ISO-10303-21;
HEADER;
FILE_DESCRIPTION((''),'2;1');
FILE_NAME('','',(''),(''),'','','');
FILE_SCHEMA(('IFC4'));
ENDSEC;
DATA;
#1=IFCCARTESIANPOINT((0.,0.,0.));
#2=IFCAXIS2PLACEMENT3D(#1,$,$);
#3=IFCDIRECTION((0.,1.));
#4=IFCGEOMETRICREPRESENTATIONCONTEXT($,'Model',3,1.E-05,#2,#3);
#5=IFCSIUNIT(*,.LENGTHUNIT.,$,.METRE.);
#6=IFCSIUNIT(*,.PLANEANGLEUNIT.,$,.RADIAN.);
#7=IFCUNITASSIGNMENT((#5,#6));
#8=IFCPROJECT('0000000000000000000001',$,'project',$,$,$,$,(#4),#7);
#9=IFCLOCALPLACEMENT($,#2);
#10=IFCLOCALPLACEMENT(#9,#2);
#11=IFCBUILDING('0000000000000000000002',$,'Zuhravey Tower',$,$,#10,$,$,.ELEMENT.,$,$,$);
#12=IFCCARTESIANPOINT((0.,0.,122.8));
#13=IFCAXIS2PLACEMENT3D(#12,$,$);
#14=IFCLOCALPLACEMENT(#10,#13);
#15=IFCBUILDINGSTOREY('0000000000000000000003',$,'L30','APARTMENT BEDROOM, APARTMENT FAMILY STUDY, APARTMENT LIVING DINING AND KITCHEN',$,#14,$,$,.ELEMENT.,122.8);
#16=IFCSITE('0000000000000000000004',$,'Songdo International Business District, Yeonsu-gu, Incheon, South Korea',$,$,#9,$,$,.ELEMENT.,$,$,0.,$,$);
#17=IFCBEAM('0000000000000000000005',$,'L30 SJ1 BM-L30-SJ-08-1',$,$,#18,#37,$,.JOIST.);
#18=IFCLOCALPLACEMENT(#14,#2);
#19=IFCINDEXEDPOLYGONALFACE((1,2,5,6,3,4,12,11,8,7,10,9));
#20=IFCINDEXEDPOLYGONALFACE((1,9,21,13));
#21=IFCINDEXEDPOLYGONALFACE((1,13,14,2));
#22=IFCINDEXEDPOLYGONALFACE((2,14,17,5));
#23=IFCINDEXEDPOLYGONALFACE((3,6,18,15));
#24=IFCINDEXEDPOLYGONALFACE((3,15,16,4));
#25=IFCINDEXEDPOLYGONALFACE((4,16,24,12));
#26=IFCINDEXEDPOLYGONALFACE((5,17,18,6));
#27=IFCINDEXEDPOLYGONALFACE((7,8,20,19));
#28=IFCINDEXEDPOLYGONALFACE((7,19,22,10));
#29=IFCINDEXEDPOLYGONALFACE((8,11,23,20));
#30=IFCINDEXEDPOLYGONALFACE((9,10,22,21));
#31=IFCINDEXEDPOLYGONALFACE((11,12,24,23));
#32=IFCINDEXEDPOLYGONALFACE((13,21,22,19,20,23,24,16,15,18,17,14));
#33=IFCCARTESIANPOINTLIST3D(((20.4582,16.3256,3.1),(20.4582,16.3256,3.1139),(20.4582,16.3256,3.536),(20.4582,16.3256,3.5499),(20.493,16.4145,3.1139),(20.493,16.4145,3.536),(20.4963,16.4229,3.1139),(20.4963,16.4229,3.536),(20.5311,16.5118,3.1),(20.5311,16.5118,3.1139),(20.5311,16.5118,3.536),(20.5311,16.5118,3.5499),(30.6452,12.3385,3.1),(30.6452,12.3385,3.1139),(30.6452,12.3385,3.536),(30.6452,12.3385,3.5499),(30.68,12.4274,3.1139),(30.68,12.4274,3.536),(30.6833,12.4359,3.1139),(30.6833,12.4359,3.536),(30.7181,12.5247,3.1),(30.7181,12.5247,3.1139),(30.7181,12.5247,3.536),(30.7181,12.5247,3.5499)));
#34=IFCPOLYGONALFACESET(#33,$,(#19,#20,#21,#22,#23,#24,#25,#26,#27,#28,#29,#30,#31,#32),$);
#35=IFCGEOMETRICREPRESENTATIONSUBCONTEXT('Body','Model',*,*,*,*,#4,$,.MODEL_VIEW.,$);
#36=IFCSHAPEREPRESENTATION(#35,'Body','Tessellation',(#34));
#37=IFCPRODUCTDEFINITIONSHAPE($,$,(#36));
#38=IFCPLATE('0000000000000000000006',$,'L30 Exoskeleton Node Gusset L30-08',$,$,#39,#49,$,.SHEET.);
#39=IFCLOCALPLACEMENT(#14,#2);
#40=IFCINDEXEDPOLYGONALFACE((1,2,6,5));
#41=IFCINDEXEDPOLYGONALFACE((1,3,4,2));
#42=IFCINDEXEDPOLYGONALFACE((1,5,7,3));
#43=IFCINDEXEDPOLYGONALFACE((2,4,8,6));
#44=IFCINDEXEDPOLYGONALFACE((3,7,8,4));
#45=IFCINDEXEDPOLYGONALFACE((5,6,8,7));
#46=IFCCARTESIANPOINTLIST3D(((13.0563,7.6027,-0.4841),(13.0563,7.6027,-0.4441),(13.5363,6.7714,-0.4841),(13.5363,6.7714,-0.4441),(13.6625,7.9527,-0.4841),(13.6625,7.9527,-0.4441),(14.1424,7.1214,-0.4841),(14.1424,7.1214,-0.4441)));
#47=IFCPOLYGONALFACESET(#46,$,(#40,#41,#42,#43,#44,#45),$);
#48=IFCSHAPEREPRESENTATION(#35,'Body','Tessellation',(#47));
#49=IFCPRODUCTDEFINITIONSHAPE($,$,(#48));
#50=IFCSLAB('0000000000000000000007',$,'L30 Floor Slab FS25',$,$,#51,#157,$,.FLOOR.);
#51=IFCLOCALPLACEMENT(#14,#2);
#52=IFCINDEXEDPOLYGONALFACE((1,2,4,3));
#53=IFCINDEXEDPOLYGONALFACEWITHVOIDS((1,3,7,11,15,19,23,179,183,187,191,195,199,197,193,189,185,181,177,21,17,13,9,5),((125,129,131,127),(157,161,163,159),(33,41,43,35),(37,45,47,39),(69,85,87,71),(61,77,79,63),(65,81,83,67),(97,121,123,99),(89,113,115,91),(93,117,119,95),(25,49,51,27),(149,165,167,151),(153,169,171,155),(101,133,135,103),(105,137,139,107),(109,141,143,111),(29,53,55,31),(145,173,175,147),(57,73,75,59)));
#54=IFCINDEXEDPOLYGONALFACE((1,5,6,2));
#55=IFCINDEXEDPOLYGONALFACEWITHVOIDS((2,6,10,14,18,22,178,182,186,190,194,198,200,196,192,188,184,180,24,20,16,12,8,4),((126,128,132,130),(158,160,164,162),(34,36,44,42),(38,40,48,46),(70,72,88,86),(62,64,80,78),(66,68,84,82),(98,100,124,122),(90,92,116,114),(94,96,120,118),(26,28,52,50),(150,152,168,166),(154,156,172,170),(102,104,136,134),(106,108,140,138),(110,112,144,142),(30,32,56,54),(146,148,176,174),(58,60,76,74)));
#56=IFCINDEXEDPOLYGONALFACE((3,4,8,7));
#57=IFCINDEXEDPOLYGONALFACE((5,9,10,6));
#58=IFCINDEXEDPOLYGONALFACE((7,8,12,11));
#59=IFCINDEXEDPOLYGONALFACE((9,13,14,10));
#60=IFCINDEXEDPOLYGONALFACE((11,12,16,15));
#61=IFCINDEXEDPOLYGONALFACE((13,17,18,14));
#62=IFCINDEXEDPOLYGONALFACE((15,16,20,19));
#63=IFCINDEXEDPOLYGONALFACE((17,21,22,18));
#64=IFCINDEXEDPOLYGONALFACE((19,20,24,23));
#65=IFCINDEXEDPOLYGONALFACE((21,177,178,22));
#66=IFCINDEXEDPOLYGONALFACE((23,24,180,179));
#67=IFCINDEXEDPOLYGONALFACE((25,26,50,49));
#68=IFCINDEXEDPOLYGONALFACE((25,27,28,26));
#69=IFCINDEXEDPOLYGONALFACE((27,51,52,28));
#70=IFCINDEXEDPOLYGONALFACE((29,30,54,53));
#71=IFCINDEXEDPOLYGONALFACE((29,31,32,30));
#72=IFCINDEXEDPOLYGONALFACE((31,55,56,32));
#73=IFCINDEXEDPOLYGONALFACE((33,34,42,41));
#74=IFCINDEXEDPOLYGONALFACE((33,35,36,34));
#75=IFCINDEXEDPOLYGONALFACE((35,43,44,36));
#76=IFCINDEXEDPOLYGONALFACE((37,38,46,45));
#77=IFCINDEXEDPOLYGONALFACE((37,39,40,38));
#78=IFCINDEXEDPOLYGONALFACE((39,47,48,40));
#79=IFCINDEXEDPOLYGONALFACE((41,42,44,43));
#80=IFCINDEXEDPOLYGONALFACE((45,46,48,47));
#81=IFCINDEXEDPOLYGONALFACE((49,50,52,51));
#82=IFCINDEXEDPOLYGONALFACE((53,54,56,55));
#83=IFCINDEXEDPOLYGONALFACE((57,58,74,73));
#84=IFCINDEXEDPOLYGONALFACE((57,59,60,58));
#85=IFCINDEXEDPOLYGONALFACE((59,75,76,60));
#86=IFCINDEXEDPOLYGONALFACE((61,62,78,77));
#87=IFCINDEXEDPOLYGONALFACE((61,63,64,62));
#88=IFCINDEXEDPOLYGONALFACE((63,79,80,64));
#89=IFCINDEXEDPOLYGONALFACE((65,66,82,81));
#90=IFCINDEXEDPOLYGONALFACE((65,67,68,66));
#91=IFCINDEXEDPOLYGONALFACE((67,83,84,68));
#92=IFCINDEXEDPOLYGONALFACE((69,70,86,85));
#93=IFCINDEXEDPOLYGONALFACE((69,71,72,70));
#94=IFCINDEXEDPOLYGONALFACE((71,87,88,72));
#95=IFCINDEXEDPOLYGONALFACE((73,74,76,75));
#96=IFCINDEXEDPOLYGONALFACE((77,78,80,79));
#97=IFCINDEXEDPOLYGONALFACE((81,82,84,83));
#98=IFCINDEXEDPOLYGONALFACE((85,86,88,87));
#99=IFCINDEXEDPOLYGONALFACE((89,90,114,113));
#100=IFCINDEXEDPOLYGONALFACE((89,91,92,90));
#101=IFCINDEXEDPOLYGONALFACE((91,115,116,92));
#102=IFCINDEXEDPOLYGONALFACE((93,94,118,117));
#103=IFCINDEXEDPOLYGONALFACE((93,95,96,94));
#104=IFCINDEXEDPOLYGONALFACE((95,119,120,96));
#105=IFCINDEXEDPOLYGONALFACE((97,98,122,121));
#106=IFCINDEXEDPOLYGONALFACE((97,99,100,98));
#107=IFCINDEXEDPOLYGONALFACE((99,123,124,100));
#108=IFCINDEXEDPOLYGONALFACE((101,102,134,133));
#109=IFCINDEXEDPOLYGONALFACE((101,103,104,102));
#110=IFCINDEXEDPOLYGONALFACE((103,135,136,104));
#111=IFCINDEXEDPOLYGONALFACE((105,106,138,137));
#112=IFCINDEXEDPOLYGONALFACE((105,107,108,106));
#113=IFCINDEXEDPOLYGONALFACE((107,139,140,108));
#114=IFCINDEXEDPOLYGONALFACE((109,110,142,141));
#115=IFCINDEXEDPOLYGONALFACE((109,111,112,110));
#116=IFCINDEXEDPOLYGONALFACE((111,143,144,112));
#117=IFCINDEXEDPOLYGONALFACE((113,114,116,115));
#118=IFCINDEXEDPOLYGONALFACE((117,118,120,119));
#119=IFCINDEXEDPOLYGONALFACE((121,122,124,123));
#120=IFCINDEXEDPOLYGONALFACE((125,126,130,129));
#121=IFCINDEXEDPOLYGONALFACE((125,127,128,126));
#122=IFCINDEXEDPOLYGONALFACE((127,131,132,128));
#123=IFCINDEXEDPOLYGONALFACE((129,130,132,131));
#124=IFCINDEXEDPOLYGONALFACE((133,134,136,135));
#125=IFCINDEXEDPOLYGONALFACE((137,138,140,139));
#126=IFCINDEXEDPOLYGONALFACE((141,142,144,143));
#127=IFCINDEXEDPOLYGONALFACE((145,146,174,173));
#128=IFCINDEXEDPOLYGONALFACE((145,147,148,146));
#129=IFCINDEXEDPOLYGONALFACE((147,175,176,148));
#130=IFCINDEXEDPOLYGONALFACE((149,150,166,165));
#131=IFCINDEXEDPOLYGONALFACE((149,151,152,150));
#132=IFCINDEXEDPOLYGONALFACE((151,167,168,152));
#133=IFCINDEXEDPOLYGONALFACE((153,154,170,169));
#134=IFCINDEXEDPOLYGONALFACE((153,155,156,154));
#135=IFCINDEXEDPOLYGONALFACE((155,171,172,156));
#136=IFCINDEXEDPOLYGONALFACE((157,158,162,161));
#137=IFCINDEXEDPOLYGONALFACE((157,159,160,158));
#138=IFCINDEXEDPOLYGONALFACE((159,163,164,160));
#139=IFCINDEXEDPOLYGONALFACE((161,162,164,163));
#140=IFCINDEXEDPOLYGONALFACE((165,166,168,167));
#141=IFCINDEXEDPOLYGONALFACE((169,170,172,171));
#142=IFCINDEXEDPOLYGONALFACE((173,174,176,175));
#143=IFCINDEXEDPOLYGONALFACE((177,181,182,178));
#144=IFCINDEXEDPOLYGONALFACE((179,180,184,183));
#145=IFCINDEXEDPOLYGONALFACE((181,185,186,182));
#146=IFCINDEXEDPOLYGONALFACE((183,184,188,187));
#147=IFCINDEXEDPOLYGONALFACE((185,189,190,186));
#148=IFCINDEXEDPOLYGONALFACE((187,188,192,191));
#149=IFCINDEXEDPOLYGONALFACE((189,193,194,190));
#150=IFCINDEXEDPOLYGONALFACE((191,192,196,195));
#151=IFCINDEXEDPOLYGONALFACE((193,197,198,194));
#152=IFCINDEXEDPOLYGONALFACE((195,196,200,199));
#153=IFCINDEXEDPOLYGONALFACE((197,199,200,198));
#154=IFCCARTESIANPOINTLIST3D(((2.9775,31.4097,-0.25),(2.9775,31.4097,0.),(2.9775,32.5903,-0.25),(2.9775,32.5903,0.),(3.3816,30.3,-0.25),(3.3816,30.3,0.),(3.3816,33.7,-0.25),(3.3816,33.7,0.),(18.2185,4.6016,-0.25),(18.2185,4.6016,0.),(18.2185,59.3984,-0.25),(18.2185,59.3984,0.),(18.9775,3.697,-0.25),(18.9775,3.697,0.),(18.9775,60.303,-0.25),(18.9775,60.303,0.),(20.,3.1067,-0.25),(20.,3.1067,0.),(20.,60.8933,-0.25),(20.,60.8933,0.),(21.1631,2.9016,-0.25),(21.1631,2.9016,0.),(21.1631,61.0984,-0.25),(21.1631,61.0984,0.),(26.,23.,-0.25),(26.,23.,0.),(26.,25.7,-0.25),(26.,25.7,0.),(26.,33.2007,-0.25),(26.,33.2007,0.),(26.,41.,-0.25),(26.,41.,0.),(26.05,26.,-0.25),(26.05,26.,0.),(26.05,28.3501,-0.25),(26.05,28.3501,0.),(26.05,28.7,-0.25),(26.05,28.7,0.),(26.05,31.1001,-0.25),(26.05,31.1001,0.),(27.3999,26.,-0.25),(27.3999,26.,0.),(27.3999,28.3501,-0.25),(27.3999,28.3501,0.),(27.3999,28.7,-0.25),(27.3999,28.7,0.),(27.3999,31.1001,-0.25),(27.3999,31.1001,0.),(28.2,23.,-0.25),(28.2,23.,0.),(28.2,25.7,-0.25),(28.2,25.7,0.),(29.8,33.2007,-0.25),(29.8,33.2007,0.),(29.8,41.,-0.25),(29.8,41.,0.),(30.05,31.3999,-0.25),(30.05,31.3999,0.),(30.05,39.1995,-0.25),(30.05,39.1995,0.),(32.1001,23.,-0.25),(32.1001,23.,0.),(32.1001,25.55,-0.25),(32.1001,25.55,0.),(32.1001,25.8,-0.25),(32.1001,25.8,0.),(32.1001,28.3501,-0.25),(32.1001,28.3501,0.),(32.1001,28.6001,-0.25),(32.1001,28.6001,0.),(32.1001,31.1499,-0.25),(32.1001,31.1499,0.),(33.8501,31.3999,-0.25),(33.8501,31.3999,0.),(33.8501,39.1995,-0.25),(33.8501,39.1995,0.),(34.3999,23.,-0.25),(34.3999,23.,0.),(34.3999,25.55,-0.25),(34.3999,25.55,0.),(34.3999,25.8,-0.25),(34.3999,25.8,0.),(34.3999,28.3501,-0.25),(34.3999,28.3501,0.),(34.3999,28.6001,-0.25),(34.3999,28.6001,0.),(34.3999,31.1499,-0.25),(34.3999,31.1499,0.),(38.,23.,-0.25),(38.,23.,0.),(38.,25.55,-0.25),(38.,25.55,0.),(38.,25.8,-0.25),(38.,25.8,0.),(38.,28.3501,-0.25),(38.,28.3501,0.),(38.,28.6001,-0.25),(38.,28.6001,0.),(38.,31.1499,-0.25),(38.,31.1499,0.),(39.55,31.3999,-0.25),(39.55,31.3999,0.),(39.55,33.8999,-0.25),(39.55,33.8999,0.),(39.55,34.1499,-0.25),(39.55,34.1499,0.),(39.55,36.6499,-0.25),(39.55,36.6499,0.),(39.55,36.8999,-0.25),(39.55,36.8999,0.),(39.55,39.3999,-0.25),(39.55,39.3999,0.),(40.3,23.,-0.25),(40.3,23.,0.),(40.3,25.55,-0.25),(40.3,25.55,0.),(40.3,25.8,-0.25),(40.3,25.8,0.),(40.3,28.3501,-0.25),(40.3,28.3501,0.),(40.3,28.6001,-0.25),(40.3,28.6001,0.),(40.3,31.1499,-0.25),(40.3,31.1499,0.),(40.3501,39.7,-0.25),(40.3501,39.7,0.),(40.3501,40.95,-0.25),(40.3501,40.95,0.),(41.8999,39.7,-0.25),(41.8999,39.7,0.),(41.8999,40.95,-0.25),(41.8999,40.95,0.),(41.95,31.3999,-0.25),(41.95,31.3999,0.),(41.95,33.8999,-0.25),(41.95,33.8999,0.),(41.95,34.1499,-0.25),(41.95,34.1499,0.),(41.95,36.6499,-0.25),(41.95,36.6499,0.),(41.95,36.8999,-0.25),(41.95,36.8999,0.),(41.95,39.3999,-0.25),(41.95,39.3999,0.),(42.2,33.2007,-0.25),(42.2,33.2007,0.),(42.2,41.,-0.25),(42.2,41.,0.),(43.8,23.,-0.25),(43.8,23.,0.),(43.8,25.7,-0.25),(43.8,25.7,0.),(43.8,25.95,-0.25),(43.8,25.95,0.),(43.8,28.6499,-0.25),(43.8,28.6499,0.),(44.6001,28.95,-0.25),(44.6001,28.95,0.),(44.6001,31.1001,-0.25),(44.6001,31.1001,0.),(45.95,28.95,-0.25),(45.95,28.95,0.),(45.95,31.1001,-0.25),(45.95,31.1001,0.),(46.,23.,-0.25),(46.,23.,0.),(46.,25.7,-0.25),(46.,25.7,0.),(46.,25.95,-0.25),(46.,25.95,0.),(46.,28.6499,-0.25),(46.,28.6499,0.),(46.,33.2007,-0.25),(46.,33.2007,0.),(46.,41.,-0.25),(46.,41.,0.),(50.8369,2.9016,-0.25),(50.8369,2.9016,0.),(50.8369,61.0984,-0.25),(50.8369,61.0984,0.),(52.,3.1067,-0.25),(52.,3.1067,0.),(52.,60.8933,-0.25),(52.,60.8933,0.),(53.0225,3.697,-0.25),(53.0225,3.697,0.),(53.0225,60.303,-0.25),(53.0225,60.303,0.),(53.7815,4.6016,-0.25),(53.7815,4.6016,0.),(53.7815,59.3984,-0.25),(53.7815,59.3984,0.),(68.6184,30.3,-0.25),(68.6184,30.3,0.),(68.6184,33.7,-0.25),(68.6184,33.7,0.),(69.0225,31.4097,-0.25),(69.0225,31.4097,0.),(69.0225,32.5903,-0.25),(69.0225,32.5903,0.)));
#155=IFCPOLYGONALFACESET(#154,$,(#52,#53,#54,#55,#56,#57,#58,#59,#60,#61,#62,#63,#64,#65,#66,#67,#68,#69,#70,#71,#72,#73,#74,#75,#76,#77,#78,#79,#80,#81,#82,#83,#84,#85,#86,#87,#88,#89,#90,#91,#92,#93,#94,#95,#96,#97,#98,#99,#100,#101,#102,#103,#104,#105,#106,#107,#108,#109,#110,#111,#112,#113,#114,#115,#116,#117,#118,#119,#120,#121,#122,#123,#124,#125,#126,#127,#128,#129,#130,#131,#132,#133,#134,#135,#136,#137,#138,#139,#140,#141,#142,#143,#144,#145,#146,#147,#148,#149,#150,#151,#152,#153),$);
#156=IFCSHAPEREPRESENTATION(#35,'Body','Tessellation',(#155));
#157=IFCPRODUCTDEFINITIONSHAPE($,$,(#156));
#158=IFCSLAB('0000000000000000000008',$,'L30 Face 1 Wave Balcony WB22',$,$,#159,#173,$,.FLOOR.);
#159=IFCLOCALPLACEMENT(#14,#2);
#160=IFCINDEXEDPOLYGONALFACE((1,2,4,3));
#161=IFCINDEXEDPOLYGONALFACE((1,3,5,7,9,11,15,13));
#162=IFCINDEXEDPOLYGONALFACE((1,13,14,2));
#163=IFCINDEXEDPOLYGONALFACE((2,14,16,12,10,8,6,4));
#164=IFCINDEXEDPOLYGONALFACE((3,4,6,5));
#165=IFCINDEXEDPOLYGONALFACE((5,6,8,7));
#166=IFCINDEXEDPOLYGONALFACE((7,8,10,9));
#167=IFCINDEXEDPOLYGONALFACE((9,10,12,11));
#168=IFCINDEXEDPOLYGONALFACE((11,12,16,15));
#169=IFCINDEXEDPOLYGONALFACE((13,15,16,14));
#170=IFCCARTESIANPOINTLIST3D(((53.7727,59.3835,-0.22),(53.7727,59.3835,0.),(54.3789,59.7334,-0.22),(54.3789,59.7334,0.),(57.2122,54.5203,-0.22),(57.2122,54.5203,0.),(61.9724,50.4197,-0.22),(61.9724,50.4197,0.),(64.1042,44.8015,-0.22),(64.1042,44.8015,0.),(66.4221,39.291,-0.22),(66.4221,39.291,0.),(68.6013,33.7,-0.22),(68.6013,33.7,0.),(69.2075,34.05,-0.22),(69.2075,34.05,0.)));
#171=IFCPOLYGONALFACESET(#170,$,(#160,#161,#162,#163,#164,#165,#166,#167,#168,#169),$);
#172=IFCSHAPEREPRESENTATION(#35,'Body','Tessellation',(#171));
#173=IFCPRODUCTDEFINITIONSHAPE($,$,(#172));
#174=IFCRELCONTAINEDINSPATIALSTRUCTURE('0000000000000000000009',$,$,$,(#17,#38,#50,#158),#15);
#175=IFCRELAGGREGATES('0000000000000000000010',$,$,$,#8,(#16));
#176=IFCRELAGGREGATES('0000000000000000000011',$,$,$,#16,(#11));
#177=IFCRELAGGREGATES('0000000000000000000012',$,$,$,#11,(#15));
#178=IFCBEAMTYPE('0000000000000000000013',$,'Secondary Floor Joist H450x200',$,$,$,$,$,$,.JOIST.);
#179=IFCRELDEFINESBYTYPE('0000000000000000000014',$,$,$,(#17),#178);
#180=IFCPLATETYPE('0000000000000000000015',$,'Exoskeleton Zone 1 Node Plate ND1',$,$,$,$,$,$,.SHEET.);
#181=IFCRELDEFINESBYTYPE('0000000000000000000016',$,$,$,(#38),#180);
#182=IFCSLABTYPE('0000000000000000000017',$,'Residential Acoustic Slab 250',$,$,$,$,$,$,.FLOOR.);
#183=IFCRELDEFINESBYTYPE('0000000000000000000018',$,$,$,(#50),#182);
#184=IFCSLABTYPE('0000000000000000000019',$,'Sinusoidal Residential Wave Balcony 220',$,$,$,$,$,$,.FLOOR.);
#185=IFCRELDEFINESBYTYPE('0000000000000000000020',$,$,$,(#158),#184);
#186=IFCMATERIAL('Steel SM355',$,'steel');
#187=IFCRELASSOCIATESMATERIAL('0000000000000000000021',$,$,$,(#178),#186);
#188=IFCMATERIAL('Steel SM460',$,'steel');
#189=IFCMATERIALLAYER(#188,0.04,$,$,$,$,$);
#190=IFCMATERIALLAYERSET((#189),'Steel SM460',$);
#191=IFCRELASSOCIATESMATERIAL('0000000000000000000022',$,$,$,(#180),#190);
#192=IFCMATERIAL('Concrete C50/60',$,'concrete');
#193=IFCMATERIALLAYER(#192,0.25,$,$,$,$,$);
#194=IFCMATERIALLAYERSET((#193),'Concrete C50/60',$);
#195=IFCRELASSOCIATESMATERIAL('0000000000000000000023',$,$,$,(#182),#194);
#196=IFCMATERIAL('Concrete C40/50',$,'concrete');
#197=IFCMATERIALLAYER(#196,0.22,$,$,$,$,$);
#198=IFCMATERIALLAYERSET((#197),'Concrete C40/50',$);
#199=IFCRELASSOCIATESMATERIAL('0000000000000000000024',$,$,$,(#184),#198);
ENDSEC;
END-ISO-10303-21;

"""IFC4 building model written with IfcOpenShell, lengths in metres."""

from ifc_helpers import new_model, si_unit, direction, frame, origin, origin_2d, place, context, subcontext, project, spatial, polyline, rectangle, i_section, outline, extrude, material, layer, layer_set, material_profile, profile_set, type_object, element, save


model = new_model("IFC4")

# Units and contexts
model_context = context("Model", 3, precision=1e-05, world=origin(), true_north=direction((0.0, 1.0)))
body_context = subcontext(model_context, "Body", "Model", "MODEL_VIEW")
ifc_project = project(units=[si_unit("LENGTHUNIT", "METRE"), si_unit("PLANEANGLEUNIT", "RADIAN")], contexts=[model_context])

# Site, building, storey
site_placement = place(None, origin())
site = spatial("IfcSite", under=ifc_project, at=site_placement, Name="Songdo International Business District, Yeonsu-gu, Incheon, South Korea", CompositionType="ELEMENT", RefElevation=0.0)
building_placement = place(site_placement, origin())
building = spatial("IfcBuilding", under=site, at=building_placement, Name="Zuhravey Tower", CompositionType="ELEMENT")
storey_placement = place(building_placement, frame((0.0, 0.0, 122.8)))
storey = spatial("IfcBuildingStorey", under=building, at=storey_placement, Name="L30", Description="APARTMENT BEDROOM, APARTMENT FAMILY STUDY, APARTMENT LIVING DINING AND KITCHEN", CompositionType="ELEMENT", Elevation=122.8)

# Shared definitions
ifc_material_1 = material(Name="Steel SM460", Category="steel")

# Beam
ifc_material_2 = material(Name="Steel SM355", Category="steel")
ifc_material_profile_1 = material_profile(ifc_material_2, i_section(OverallWidth=0.2, OverallDepth=0.45, WebThickness=0.009, FlangeThickness=0.0139, at=origin_2d()), Name="H-450x200x9x14")
ifc_profile_set_1 = profile_set([ifc_material_profile_1], Name="Steel SM355")
beam_type_1 = type_object("IfcBeamType", Name="Secondary Floor Joist H450x200", PredefinedType="JOIST", material=ifc_profile_set_1)
beam_1_placement = place(storey_placement, frame((20.4946, 16.4187, 3.325), z_axis=(0.931217, -0.364466, 0.0), x_axis=(0.364466, 0.931217, 0.0)))
element("IfcBeam", 1, at=beam_1_placement, inside=storey, type_object=beam_type_1, Name="L30 SJ1 BM-L30-SJ-08-1", PredefinedType="JOIST", context=body_context, shape_type="SweptSolid", body=[
    extrude(i_section(OverallWidth=0.2, OverallDepth=0.45, WebThickness=0.009, FlangeThickness=0.0139, at=origin_2d()), origin(), (0.0, 0.0, 1.0), 10.9395),
])

# Plate
ifc_layer_1 = layer(ifc_material_1, 0.04)
ifc_layer_set_1 = layer_set([ifc_layer_1], Name="Steel SM460")
plate_type_1 = type_object("IfcPlateType", Name="Exoskeleton Zone 1 Node Plate ND1", PredefinedType="SHEET", material=ifc_layer_set_1)
plate_1_placement = place(storey_placement, frame((13.5994, 7.3621, -0.4841), z_axis=(0.0, 0.0, 1.0), x_axis=(0.5, -0.866025, 0.0)))
element("IfcPlate", 2, at=plate_1_placement, inside=storey, type_object=plate_type_1, Name="L30 Exoskeleton Node Gusset L30-08", PredefinedType="SHEET", context=body_context, shape_type="SweptSolid", body=[
    extrude(rectangle(XDim=0.96, YDim=0.7, at=origin_2d()), origin(), (0.0, 0.0, 1.0), 0.04),
])

# Slabs
ifc_material_3 = material(Name="Concrete C50/60", Category="concrete")
ifc_layer_2 = layer(ifc_material_3, 0.25)
ifc_layer_set_2 = layer_set([ifc_layer_2], Name="Concrete C50/60")
slab_type_1 = type_object("IfcSlabType", Name="Residential Acoustic Slab 250", PredefinedType="FLOOR", material=ifc_layer_set_2)
slab_1_placement = place(storey_placement, frame((0.0, 0.0, -0.25)))
element("IfcSlab", 3, at=slab_1_placement, inside=storey, type_object=slab_type_1, Name="L30 Floor Slab FS25", PredefinedType="FLOOR", context=body_context, shape_type="SweptSolid", body=[
    extrude(outline(polyline([(68.6184, 30.3), (69.0225, 31.4097), (69.0225, 32.5903), (68.6184, 33.7), (53.7815, 59.3984), (53.0225, 60.303), (52.0, 60.8933), (50.8369, 61.0984), (21.1631, 61.0984), (20.0, 60.8933), (18.9775, 60.303), (18.2185, 59.3984), (3.3816, 33.7), (2.9775, 32.5903), (2.9775, 31.4097), (3.3816, 30.3), (18.2185, 4.6016), (18.9775, 3.697), (20.0, 3.1067), (21.1631, 2.9016), (50.8369, 2.9016), (52.0, 3.1067), (53.0225, 3.697), (53.7815, 4.6016), (68.6184, 30.3)]), holes=[polyline([(29.8, 33.2007), (29.8, 41.0), (26.0, 41.0), (26.0, 33.2007), (29.8, 33.2007)]), polyline([(46.0, 33.2007), (46.0, 41.0), (42.2, 41.0), (42.2, 33.2007), (46.0, 33.2007)]), polyline([(30.05, 39.1995), (30.05, 31.3999), (33.8501, 31.3999), (33.8501, 39.1995), (30.05, 39.1995)]), polyline([(32.1001, 23.0), (34.3999, 23.0), (34.3999, 25.55), (32.1001, 25.55), (32.1001, 23.0)]), polyline([(32.1001, 25.8), (34.3999, 25.8), (34.3999, 28.3501), (32.1001, 28.3501), (32.1001, 25.8)]), polyline([(32.1001, 28.6001), (34.3999, 28.6001), (34.3999, 31.1499), (32.1001, 31.1499), (32.1001, 28.6001)]), polyline([(38.0, 23.0), (40.3, 23.0), (40.3, 25.55), (38.0, 25.55), (38.0, 23.0)]), polyline([(38.0, 25.8), (40.3, 25.8), (40.3, 28.3501), (38.0, 28.3501), (38.0, 25.8)]), polyline([(38.0, 28.6001), (40.3, 28.6001), (40.3, 31.1499), (38.0, 31.1499), (38.0, 28.6001)]), polyline([(39.55, 31.3999), (41.95, 31.3999), (41.95, 33.8999), (39.55, 33.8999), (39.55, 31.3999)]), polyline([(39.55, 34.1499), (41.95, 34.1499), (41.95, 36.6499), (39.55, 36.6499), (39.55, 34.1499)]), polyline([(39.55, 36.8999), (41.95, 36.8999), (41.95, 39.3999), (39.55, 39.3999), (39.55, 36.8999)]), polyline([(26.0, 23.0), (28.2, 23.0), (28.2, 25.7), (26.0, 25.7), (26.0, 23.0)]), polyline([(43.8, 23.0), (46.0, 23.0), (46.0, 25.7), (43.8, 25.7), (43.8, 23.0)]), polyline([(43.8, 25.95), (46.0, 25.95), (46.0, 28.6499), (43.8, 28.6499), (43.8, 25.95)]), polyline([(26.05, 26.0), (27.3999, 26.0), (27.3999, 28.3501), (26.05, 28.3501), (26.05, 26.0)]), polyline([(26.05, 28.7), (27.3999, 28.7), (27.3999, 31.1001), (26.05, 31.1001), (26.05, 28.7)]), polyline([(44.6001, 28.95), (45.95, 28.95), (45.95, 31.1001), (44.6001, 31.1001), (44.6001, 28.95)]), polyline([(40.3501, 39.7), (41.8999, 39.7), (41.8999, 40.95), (40.3501, 40.95), (40.3501, 39.7)])]), origin(), (0.0, 0.0, 1.0), 0.25),
])
ifc_material_4 = material(Name="Concrete C40/50", Category="concrete")
ifc_layer_3 = layer(ifc_material_4, 0.22)
ifc_layer_set_3 = layer_set([ifc_layer_3], Name="Concrete C40/50")
slab_type_2 = type_object("IfcSlabType", Name="Sinusoidal Residential Wave Balcony 220", PredefinedType="FLOOR", material=ifc_layer_set_3)
slab_2_placement = place(storey_placement, frame((0.0, 0.0, -0.22)))
element("IfcSlab", 4, at=slab_2_placement, inside=storey, type_object=slab_type_2, Name="L30 Face 1 Wave Balcony WB22", PredefinedType="FLOOR", context=body_context, shape_type="SweptSolid", body=[
    extrude(outline(polyline([(68.6013, 33.7), (53.7727, 59.3835), (54.3789, 59.7334), (57.2122, 54.5203), (61.9724, 50.4197), (64.1042, 44.8015), (66.4221, 39.291), (69.2075, 34.05), (68.6013, 33.7)])), origin(), (0.0, 0.0, 1.0), 0.22),
])

save(model, "model.ifc")
